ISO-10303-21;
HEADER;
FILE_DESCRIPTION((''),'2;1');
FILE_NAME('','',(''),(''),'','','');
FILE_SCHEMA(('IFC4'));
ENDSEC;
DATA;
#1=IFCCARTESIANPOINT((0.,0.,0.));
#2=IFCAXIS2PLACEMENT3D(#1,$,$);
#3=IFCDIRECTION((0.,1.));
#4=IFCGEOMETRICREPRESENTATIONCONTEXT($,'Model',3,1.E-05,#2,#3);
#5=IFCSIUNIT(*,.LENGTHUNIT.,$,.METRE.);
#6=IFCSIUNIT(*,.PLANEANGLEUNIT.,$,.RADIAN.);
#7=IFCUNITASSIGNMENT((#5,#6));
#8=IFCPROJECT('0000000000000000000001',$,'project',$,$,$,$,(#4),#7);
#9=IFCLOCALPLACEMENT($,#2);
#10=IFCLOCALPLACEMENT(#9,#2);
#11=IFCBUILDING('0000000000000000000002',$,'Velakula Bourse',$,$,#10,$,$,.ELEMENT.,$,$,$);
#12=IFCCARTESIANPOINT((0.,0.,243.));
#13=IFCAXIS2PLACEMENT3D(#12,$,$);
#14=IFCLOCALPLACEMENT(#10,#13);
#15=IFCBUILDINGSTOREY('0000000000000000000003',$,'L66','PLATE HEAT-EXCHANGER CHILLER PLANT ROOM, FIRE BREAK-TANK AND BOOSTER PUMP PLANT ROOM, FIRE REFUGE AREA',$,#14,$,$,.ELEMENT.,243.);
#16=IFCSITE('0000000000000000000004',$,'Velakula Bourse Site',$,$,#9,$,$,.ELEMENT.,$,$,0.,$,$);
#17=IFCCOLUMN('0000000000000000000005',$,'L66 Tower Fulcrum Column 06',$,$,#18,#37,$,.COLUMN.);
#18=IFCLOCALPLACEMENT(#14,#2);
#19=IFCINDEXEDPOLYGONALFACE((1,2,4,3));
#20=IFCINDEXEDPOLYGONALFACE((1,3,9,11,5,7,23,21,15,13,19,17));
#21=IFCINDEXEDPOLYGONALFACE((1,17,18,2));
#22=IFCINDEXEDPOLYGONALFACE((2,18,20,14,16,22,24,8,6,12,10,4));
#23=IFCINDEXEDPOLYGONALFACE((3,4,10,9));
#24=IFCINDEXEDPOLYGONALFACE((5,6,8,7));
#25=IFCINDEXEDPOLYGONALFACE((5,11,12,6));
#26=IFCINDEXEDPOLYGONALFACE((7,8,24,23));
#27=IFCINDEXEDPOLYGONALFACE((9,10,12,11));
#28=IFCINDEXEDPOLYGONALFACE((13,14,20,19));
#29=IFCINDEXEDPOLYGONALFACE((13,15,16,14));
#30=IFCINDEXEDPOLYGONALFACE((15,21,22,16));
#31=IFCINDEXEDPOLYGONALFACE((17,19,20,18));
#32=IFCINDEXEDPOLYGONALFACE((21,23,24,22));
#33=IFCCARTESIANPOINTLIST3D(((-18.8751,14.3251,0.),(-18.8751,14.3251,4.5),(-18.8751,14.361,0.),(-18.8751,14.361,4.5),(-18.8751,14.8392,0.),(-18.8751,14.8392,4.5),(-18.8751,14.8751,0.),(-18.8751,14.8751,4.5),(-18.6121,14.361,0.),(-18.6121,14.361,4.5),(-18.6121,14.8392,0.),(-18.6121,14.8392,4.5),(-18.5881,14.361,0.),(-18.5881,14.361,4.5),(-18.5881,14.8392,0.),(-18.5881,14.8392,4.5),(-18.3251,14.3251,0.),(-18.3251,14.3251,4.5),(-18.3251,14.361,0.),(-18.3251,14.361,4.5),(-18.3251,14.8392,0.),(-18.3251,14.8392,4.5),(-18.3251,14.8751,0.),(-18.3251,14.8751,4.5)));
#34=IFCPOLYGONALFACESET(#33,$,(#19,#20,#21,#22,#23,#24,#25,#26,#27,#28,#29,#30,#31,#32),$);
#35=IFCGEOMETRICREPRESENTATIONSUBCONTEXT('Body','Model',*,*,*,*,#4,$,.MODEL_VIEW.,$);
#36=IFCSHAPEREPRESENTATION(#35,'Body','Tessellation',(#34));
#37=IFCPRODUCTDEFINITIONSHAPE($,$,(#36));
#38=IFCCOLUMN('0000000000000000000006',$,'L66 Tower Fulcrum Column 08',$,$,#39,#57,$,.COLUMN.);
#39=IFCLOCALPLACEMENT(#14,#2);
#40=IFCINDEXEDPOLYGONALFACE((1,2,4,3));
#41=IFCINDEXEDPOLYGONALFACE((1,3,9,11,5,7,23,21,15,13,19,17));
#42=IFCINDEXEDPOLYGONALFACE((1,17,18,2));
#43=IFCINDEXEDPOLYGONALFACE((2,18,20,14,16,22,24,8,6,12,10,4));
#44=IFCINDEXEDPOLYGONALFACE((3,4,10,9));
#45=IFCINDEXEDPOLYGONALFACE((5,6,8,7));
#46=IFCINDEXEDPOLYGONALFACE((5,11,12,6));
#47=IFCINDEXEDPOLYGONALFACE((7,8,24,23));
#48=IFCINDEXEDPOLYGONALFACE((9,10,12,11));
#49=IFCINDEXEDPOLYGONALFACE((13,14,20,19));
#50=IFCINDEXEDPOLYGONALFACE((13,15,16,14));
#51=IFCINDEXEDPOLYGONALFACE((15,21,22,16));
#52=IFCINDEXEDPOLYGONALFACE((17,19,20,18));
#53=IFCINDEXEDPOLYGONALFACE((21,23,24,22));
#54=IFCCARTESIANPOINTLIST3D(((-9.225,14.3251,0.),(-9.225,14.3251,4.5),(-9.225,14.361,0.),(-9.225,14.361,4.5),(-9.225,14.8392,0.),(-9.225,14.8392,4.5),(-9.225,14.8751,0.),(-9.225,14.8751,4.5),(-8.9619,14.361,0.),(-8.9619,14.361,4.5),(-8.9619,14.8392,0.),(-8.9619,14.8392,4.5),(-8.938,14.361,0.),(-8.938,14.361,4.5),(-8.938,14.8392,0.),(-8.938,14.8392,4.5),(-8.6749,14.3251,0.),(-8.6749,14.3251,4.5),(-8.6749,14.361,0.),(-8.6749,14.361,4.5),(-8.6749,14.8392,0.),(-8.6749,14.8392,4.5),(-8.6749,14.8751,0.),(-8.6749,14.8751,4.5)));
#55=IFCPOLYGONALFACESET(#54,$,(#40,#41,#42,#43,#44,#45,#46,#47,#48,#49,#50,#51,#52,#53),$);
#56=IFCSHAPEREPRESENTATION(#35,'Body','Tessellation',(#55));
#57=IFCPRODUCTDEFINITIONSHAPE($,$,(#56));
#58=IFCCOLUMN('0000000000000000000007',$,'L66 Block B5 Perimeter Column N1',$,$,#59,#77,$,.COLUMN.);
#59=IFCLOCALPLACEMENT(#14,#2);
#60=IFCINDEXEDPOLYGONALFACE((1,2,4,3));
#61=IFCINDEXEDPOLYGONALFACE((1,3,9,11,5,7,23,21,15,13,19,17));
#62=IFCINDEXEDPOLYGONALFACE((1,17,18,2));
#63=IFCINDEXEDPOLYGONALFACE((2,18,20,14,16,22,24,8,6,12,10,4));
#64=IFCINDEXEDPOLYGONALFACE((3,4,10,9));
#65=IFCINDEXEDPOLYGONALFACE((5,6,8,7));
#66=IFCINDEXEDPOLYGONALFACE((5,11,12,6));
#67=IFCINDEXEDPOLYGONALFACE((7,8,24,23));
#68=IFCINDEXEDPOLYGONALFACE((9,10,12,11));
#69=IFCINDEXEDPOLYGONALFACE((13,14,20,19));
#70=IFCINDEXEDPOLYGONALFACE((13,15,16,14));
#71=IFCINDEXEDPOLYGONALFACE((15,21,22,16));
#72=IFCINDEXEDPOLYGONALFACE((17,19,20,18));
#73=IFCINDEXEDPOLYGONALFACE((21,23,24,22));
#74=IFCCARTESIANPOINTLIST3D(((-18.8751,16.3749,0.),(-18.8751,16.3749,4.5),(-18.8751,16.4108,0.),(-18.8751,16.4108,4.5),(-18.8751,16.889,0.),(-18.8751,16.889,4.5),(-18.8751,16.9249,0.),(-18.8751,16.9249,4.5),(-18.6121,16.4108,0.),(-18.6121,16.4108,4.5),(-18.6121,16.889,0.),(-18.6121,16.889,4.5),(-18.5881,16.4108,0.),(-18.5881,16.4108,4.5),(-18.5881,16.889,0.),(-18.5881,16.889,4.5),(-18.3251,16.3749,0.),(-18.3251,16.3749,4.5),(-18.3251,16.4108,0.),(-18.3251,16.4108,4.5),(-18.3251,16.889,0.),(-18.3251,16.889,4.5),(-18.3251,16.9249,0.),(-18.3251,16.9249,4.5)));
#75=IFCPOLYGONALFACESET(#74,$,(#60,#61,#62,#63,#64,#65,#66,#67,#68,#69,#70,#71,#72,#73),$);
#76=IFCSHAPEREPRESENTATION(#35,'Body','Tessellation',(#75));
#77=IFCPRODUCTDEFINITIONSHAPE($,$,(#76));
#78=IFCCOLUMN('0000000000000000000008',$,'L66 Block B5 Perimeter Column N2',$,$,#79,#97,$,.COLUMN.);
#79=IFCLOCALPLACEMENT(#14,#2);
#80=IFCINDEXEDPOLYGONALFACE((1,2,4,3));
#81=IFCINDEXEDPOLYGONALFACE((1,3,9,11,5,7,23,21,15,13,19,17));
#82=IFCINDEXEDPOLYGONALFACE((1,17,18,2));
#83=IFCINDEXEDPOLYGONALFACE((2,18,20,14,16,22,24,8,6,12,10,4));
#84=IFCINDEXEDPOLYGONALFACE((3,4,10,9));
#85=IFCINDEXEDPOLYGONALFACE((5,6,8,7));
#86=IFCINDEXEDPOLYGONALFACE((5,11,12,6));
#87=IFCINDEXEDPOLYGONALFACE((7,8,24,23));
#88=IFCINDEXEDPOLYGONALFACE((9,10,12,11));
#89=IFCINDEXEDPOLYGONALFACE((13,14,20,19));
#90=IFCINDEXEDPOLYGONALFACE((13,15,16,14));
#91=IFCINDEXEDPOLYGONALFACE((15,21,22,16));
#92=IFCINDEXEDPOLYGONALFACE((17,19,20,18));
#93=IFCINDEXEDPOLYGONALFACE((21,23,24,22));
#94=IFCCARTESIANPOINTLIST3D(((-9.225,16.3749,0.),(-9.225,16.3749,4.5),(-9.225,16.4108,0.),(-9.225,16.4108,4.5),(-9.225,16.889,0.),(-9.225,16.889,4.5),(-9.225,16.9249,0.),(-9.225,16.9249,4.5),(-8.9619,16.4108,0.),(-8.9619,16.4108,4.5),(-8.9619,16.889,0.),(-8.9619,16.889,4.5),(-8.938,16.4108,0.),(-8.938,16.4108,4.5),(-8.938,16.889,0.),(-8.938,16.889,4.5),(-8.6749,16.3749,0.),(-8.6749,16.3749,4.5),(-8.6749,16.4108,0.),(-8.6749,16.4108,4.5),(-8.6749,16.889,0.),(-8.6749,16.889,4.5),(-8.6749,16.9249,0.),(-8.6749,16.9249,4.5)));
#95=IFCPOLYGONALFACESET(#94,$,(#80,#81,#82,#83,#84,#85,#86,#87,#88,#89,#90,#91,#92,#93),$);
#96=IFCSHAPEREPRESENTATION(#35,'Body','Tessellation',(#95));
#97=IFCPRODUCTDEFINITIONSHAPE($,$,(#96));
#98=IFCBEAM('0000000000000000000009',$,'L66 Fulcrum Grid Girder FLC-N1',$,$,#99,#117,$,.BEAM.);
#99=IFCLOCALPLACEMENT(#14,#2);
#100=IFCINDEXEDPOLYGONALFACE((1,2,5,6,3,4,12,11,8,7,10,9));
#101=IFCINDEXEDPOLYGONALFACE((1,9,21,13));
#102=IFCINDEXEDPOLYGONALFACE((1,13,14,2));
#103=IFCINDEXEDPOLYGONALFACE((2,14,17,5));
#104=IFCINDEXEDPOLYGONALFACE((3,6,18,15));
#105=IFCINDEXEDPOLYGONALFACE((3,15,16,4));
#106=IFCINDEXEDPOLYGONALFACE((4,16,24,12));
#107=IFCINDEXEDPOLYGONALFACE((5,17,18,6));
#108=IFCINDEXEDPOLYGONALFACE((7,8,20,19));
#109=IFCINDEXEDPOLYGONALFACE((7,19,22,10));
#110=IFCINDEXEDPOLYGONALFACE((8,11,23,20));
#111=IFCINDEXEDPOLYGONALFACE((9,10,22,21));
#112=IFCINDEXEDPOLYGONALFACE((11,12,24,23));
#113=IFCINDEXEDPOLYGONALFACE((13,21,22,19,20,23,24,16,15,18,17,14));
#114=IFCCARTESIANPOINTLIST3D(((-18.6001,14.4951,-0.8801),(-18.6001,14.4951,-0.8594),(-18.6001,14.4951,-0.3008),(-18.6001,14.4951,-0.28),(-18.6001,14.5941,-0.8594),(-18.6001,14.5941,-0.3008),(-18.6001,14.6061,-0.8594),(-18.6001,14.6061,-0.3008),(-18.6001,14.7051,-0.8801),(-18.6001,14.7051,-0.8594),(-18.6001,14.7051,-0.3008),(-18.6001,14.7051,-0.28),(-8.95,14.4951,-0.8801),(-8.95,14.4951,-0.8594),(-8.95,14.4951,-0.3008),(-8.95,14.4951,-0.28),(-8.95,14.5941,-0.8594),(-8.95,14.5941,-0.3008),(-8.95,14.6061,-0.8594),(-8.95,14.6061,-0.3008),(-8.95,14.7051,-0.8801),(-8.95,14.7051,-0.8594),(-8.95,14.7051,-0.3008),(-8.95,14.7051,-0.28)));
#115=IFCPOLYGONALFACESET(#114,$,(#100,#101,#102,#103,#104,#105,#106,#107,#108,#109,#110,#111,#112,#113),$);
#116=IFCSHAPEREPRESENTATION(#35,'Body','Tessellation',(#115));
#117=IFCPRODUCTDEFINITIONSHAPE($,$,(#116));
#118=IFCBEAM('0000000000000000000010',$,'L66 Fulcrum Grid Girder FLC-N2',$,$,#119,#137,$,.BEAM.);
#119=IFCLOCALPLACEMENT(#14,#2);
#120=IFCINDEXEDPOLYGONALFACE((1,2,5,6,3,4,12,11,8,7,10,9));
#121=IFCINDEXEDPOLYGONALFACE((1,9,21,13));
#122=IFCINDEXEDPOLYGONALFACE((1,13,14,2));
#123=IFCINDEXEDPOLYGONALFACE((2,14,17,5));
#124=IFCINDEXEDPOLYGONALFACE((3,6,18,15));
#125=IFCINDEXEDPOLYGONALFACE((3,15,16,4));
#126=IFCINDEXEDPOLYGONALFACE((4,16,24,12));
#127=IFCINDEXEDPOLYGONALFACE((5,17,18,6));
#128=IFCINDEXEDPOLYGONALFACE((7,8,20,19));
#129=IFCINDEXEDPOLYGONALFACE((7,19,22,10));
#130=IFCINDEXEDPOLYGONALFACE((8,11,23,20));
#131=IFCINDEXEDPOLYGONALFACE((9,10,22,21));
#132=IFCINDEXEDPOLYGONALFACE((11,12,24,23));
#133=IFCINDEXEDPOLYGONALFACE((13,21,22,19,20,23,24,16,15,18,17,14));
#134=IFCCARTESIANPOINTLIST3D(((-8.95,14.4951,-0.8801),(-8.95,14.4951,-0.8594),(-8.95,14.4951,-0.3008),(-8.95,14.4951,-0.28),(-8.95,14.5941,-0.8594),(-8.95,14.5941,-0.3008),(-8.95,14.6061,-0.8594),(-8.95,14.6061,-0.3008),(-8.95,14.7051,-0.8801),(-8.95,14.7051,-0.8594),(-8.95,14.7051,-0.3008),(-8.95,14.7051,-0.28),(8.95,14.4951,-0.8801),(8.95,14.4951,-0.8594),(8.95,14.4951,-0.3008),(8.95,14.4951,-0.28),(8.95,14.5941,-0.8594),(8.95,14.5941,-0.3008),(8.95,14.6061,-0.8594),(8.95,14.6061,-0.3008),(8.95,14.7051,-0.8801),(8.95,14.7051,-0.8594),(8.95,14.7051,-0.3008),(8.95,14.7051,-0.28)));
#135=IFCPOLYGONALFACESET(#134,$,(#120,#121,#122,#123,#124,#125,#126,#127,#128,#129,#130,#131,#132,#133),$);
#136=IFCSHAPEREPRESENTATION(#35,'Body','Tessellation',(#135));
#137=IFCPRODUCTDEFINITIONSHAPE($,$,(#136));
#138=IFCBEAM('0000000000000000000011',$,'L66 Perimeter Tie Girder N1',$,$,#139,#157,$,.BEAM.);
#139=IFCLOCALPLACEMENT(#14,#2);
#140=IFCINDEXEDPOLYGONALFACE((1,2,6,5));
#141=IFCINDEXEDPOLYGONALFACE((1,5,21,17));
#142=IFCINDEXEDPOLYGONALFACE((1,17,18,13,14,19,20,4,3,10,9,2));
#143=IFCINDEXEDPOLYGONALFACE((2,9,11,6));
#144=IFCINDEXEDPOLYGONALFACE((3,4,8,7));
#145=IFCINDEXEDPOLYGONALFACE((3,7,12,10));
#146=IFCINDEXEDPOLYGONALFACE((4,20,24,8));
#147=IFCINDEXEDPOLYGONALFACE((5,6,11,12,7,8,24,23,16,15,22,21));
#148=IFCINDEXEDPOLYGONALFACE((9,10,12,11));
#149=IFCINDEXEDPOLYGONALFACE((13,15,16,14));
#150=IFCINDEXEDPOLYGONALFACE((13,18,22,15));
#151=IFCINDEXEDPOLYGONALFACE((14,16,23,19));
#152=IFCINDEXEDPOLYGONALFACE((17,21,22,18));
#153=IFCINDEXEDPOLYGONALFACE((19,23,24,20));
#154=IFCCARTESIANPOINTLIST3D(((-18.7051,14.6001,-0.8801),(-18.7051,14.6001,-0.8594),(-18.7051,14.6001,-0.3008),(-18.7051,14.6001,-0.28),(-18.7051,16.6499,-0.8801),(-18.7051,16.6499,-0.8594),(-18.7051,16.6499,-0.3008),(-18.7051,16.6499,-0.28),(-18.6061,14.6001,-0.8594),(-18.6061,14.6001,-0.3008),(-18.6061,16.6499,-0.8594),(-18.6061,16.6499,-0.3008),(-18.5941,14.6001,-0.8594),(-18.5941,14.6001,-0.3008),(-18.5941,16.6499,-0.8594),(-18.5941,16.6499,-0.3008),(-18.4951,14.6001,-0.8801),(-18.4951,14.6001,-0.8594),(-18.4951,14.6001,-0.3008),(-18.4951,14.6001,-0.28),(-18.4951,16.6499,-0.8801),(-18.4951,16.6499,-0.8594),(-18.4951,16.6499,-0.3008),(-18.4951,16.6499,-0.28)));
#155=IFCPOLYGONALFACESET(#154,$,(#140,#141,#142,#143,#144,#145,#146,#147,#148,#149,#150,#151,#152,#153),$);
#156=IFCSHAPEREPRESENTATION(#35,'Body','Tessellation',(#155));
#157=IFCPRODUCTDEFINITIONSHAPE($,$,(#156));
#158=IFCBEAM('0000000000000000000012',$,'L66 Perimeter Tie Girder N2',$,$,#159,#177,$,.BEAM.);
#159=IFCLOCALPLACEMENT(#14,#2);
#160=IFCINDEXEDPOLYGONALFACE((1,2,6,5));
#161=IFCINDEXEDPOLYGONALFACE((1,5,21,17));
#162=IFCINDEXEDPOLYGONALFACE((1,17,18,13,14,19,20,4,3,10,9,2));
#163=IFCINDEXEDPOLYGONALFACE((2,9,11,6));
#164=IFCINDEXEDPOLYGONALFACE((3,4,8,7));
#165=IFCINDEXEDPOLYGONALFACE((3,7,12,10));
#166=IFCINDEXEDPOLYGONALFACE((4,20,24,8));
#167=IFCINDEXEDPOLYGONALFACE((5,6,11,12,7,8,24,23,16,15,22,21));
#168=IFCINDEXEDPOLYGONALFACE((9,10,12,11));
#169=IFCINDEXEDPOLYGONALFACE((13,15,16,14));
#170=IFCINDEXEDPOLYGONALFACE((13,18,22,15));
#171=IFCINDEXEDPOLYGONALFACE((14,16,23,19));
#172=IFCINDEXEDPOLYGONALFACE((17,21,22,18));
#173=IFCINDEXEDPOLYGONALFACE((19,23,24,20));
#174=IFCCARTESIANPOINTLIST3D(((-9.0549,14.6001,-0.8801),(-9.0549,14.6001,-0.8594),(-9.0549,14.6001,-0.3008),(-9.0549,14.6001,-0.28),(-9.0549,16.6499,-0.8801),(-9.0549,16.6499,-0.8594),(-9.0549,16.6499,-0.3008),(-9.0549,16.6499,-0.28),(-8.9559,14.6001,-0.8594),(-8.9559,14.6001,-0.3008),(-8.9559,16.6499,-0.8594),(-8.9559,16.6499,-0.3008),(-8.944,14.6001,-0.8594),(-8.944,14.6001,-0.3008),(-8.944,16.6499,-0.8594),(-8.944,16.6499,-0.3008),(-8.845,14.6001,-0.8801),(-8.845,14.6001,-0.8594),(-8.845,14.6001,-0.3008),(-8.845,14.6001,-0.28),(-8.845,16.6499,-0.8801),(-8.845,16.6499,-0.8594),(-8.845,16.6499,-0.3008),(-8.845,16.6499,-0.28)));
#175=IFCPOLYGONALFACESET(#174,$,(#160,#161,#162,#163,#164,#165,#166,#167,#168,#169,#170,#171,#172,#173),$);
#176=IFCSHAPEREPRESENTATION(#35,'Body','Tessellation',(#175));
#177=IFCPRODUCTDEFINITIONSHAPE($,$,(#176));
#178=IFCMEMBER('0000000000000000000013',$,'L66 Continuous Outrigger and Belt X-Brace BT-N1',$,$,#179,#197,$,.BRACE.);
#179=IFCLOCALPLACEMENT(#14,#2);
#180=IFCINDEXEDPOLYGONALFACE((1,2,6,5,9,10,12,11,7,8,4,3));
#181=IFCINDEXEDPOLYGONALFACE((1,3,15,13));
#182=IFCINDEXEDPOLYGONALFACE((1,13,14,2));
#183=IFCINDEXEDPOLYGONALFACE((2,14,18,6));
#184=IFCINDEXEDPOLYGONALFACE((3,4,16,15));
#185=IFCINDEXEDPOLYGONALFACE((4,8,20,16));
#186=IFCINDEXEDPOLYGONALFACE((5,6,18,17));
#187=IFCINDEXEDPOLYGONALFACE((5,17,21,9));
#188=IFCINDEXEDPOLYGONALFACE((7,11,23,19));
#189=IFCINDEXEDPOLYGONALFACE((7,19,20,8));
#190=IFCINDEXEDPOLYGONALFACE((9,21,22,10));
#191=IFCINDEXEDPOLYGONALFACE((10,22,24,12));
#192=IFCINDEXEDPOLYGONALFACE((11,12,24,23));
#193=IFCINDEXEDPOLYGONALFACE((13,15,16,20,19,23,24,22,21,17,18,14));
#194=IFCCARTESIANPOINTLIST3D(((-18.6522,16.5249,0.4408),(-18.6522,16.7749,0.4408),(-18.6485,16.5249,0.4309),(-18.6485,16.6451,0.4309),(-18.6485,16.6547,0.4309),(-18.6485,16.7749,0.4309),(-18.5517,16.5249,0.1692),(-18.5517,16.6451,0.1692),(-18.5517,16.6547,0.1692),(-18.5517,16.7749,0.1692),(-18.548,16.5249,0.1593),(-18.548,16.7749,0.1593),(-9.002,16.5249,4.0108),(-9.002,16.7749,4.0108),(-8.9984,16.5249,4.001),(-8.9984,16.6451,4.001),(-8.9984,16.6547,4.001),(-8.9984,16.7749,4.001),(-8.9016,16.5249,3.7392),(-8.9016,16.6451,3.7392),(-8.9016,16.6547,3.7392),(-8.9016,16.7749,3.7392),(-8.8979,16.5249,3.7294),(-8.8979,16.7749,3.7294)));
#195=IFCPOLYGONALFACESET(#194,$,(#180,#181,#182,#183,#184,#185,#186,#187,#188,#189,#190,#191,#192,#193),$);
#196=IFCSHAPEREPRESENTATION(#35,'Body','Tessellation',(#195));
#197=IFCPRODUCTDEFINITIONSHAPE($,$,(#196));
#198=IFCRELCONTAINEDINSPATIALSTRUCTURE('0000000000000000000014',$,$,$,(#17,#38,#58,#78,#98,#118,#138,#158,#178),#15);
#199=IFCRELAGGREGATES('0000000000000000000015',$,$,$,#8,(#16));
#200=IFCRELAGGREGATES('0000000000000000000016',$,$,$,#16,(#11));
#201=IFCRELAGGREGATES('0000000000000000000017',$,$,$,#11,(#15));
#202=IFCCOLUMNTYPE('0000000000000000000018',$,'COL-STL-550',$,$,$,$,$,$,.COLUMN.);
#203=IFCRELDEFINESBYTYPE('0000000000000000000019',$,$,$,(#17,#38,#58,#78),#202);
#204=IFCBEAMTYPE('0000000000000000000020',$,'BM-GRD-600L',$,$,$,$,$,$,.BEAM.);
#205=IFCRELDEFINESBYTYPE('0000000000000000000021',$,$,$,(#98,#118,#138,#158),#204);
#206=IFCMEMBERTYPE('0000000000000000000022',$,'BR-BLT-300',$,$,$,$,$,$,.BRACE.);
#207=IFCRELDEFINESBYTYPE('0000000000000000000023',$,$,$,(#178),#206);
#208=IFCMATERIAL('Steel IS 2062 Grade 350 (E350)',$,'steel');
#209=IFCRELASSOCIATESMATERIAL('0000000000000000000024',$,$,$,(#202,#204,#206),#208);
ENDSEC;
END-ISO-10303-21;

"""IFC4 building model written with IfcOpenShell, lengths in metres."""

from ifc_helpers import new_model, si_unit, direction, frame, origin, origin_2d, place, context, subcontext, project, spatial, i_section, extrude, material, material_profile, profile_set, type_object, element, save


model = new_model("IFC4")

# Units and contexts
model_context = context("Model", 3, precision=1e-05, world=origin(), true_north=direction((0.0, 1.0)))
body_context = subcontext(model_context, "Body", "Model", "MODEL_VIEW")
ifc_project = project(units=[si_unit("LENGTHUNIT", "METRE"), si_unit("PLANEANGLEUNIT", "RADIAN")], contexts=[model_context])

# Site, building, storey
site_placement = place(None, origin())
site = spatial("IfcSite", under=ifc_project, at=site_placement, Name="Velakula Bourse Site", CompositionType="ELEMENT", RefElevation=0.0)
building_placement = place(site_placement, origin())
building = spatial("IfcBuilding", under=site, at=building_placement, Name="Velakula Bourse", CompositionType="ELEMENT")
storey_placement = place(building_placement, frame((0.0, 0.0, 243.0)))
storey = spatial("IfcBuildingStorey", under=building, at=storey_placement, Name="L66", Description="PLATE HEAT-EXCHANGER CHILLER PLANT ROOM, FIRE BREAK-TANK AND BOOSTER PUMP PLANT ROOM, FIRE REFUGE AREA", CompositionType="ELEMENT", Elevation=243.0)

# Columns
ifc_material_1 = material(Name="Steel IS 2062 Grade 350 (E350)", Category="steel")
ifc_material_profile_1 = material_profile(ifc_material_1, i_section(OverallWidth=0.55, OverallDepth=0.55, WebThickness=0.0239, FlangeThickness=0.0359, at=origin_2d()), Name="Steel IS 2062 Grade 350 (E350)")
ifc_profile_set_1 = profile_set([ifc_material_profile_1], Name="Steel IS 2062 Grade 350 (E350)")
column_type = type_object("IfcColumnType", Name="COL-STL-550", PredefinedType="COLUMN", material=ifc_profile_set_1)
for number, where, z_axis, x_axis, name in (
    (1, (-18.6001, 14.6001, 0.0), (0.0, 0.0, 1.0), (1.0, 0.0, 0.0), "L66 Tower Fulcrum Column 06"),
    (2, (-8.95, 14.6001, 0.0), (0.0, 0.0, 1.0), (1.0, 0.0, 0.0), "L66 Tower Fulcrum Column 08"),
    (3, (-18.6001, 16.6499, 0.0), (0.0, 0.0, 1.0), (1.0, 0.0, 0.0), "L66 Block B5 Perimeter Column N1"),
    (4, (-8.95, 16.6499, 0.0), (0.0, 0.0, 1.0), (1.0, 0.0, 0.0), "L66 Block B5 Perimeter Column N2"),
):
    element("IfcColumn", number, at=place(storey_placement, frame(where, z_axis=z_axis, x_axis=x_axis)), inside=storey, type_object=column_type, Name=name, PredefinedType="COLUMN", context=body_context, shape_type="SweptSolid", body=[
        extrude(i_section(OverallWidth=0.55, OverallDepth=0.55, WebThickness=0.0239, FlangeThickness=0.0359, at=origin_2d()), origin(), (0.0, 0.0, 1.0), 4.5),
    ])

# Beams
ifc_material_profile_2 = material_profile(ifc_material_1, i_section(OverallWidth=0.21, OverallDepth=0.6001, WebThickness=0.012, FlangeThickness=0.0208, at=origin_2d()), Name="Steel IS 2062 Grade 350 (E350)")
ifc_profile_set_2 = profile_set([ifc_material_profile_2], Name="Steel IS 2062 Grade 350 (E350)")
beam_type_1 = type_object("IfcBeamType", Name="BM-GRD-600L", PredefinedType="BEAM", material=ifc_profile_set_2)
beam_1_placement = place(storey_placement, frame((-18.6001, 14.6001, -0.5801), z_axis=(1.0, 0.0, 0.0), x_axis=(0.0, 1.0, 0.0)))
element("IfcBeam", 5, at=beam_1_placement, inside=storey, type_object=beam_type_1, Name="L66 Fulcrum Grid Girder FLC-N1", PredefinedType="BEAM", context=body_context, shape_type="SweptSolid", body=[
    extrude(i_section(OverallWidth=0.21, OverallDepth=0.6001, WebThickness=0.012, FlangeThickness=0.0208, at=origin_2d()), origin(), (0.0, 0.0, 1.0), 9.6501),
])
beam_2_placement = place(storey_placement, frame((-8.95, 14.6001, -0.5801), z_axis=(1.0, 0.0, 0.0), x_axis=(0.0, 1.0, 0.0)))
element("IfcBeam", 6, at=beam_2_placement, inside=storey, type_object=beam_type_1, Name="L66 Fulcrum Grid Girder FLC-N2", PredefinedType="BEAM", context=body_context, shape_type="SweptSolid", body=[
    extrude(i_section(OverallWidth=0.21, OverallDepth=0.6001, WebThickness=0.012, FlangeThickness=0.0208, at=origin_2d()), origin(), (0.0, 0.0, 1.0), 17.8999),
])
for number, where, z_axis, x_axis, name in (
    (7, (-18.6001, 14.6001, -0.5801), (0.0, 1.0, 0.0), (-1.0, 0.0, 0.0), "L66 Perimeter Tie Girder N1"),
    (8, (-8.95, 14.6001, -0.5801), (0.0, 1.0, 0.0), (-1.0, 0.0, 0.0), "L66 Perimeter Tie Girder N2"),
):
    element("IfcBeam", number, at=place(storey_placement, frame(where, z_axis=z_axis, x_axis=x_axis)), inside=storey, type_object=beam_type_1, Name=name, PredefinedType="BEAM", context=body_context, shape_type="SweptSolid", body=[
        extrude(i_section(OverallWidth=0.21, OverallDepth=0.6001, WebThickness=0.012, FlangeThickness=0.0208, at=origin_2d()), origin(), (0.0, 0.0, 1.0), 2.0498),
    ])

# Member
ifc_material_profile_3 = material_profile(ifc_material_1, i_section(OverallWidth=0.25, OverallDepth=0.3, WebThickness=0.0095, FlangeThickness=0.0105, at=origin_2d()), Name="Steel IS 2062 Grade 350 (E350)")
ifc_profile_set_3 = profile_set([ifc_material_profile_3], Name="Steel IS 2062 Grade 350 (E350)")
member_type_1 = type_object("IfcMemberType", Name="BR-BLT-300", PredefinedType="BRACE", material=ifc_profile_set_3)
member_1_placement = place(storey_placement, frame((-18.6001, 16.6499, 0.3), z_axis=(0.937877, 0.0, 0.346967), x_axis=(0.0, 1.0, 0.0)))
element("IfcMember", 9, at=member_1_placement, inside=storey, type_object=member_type_1, Name="L66 Continuous Outrigger and Belt X-Brace BT-N1", PredefinedType="BRACE", context=body_context, shape_type="SweptSolid", body=[
    extrude(i_section(OverallWidth=0.25, OverallDepth=0.3, WebThickness=0.0095, FlangeThickness=0.0105, at=origin_2d()), origin(), (0.0, 0.0, 1.0), 10.2893),
])

save(model, "model.ifc")
